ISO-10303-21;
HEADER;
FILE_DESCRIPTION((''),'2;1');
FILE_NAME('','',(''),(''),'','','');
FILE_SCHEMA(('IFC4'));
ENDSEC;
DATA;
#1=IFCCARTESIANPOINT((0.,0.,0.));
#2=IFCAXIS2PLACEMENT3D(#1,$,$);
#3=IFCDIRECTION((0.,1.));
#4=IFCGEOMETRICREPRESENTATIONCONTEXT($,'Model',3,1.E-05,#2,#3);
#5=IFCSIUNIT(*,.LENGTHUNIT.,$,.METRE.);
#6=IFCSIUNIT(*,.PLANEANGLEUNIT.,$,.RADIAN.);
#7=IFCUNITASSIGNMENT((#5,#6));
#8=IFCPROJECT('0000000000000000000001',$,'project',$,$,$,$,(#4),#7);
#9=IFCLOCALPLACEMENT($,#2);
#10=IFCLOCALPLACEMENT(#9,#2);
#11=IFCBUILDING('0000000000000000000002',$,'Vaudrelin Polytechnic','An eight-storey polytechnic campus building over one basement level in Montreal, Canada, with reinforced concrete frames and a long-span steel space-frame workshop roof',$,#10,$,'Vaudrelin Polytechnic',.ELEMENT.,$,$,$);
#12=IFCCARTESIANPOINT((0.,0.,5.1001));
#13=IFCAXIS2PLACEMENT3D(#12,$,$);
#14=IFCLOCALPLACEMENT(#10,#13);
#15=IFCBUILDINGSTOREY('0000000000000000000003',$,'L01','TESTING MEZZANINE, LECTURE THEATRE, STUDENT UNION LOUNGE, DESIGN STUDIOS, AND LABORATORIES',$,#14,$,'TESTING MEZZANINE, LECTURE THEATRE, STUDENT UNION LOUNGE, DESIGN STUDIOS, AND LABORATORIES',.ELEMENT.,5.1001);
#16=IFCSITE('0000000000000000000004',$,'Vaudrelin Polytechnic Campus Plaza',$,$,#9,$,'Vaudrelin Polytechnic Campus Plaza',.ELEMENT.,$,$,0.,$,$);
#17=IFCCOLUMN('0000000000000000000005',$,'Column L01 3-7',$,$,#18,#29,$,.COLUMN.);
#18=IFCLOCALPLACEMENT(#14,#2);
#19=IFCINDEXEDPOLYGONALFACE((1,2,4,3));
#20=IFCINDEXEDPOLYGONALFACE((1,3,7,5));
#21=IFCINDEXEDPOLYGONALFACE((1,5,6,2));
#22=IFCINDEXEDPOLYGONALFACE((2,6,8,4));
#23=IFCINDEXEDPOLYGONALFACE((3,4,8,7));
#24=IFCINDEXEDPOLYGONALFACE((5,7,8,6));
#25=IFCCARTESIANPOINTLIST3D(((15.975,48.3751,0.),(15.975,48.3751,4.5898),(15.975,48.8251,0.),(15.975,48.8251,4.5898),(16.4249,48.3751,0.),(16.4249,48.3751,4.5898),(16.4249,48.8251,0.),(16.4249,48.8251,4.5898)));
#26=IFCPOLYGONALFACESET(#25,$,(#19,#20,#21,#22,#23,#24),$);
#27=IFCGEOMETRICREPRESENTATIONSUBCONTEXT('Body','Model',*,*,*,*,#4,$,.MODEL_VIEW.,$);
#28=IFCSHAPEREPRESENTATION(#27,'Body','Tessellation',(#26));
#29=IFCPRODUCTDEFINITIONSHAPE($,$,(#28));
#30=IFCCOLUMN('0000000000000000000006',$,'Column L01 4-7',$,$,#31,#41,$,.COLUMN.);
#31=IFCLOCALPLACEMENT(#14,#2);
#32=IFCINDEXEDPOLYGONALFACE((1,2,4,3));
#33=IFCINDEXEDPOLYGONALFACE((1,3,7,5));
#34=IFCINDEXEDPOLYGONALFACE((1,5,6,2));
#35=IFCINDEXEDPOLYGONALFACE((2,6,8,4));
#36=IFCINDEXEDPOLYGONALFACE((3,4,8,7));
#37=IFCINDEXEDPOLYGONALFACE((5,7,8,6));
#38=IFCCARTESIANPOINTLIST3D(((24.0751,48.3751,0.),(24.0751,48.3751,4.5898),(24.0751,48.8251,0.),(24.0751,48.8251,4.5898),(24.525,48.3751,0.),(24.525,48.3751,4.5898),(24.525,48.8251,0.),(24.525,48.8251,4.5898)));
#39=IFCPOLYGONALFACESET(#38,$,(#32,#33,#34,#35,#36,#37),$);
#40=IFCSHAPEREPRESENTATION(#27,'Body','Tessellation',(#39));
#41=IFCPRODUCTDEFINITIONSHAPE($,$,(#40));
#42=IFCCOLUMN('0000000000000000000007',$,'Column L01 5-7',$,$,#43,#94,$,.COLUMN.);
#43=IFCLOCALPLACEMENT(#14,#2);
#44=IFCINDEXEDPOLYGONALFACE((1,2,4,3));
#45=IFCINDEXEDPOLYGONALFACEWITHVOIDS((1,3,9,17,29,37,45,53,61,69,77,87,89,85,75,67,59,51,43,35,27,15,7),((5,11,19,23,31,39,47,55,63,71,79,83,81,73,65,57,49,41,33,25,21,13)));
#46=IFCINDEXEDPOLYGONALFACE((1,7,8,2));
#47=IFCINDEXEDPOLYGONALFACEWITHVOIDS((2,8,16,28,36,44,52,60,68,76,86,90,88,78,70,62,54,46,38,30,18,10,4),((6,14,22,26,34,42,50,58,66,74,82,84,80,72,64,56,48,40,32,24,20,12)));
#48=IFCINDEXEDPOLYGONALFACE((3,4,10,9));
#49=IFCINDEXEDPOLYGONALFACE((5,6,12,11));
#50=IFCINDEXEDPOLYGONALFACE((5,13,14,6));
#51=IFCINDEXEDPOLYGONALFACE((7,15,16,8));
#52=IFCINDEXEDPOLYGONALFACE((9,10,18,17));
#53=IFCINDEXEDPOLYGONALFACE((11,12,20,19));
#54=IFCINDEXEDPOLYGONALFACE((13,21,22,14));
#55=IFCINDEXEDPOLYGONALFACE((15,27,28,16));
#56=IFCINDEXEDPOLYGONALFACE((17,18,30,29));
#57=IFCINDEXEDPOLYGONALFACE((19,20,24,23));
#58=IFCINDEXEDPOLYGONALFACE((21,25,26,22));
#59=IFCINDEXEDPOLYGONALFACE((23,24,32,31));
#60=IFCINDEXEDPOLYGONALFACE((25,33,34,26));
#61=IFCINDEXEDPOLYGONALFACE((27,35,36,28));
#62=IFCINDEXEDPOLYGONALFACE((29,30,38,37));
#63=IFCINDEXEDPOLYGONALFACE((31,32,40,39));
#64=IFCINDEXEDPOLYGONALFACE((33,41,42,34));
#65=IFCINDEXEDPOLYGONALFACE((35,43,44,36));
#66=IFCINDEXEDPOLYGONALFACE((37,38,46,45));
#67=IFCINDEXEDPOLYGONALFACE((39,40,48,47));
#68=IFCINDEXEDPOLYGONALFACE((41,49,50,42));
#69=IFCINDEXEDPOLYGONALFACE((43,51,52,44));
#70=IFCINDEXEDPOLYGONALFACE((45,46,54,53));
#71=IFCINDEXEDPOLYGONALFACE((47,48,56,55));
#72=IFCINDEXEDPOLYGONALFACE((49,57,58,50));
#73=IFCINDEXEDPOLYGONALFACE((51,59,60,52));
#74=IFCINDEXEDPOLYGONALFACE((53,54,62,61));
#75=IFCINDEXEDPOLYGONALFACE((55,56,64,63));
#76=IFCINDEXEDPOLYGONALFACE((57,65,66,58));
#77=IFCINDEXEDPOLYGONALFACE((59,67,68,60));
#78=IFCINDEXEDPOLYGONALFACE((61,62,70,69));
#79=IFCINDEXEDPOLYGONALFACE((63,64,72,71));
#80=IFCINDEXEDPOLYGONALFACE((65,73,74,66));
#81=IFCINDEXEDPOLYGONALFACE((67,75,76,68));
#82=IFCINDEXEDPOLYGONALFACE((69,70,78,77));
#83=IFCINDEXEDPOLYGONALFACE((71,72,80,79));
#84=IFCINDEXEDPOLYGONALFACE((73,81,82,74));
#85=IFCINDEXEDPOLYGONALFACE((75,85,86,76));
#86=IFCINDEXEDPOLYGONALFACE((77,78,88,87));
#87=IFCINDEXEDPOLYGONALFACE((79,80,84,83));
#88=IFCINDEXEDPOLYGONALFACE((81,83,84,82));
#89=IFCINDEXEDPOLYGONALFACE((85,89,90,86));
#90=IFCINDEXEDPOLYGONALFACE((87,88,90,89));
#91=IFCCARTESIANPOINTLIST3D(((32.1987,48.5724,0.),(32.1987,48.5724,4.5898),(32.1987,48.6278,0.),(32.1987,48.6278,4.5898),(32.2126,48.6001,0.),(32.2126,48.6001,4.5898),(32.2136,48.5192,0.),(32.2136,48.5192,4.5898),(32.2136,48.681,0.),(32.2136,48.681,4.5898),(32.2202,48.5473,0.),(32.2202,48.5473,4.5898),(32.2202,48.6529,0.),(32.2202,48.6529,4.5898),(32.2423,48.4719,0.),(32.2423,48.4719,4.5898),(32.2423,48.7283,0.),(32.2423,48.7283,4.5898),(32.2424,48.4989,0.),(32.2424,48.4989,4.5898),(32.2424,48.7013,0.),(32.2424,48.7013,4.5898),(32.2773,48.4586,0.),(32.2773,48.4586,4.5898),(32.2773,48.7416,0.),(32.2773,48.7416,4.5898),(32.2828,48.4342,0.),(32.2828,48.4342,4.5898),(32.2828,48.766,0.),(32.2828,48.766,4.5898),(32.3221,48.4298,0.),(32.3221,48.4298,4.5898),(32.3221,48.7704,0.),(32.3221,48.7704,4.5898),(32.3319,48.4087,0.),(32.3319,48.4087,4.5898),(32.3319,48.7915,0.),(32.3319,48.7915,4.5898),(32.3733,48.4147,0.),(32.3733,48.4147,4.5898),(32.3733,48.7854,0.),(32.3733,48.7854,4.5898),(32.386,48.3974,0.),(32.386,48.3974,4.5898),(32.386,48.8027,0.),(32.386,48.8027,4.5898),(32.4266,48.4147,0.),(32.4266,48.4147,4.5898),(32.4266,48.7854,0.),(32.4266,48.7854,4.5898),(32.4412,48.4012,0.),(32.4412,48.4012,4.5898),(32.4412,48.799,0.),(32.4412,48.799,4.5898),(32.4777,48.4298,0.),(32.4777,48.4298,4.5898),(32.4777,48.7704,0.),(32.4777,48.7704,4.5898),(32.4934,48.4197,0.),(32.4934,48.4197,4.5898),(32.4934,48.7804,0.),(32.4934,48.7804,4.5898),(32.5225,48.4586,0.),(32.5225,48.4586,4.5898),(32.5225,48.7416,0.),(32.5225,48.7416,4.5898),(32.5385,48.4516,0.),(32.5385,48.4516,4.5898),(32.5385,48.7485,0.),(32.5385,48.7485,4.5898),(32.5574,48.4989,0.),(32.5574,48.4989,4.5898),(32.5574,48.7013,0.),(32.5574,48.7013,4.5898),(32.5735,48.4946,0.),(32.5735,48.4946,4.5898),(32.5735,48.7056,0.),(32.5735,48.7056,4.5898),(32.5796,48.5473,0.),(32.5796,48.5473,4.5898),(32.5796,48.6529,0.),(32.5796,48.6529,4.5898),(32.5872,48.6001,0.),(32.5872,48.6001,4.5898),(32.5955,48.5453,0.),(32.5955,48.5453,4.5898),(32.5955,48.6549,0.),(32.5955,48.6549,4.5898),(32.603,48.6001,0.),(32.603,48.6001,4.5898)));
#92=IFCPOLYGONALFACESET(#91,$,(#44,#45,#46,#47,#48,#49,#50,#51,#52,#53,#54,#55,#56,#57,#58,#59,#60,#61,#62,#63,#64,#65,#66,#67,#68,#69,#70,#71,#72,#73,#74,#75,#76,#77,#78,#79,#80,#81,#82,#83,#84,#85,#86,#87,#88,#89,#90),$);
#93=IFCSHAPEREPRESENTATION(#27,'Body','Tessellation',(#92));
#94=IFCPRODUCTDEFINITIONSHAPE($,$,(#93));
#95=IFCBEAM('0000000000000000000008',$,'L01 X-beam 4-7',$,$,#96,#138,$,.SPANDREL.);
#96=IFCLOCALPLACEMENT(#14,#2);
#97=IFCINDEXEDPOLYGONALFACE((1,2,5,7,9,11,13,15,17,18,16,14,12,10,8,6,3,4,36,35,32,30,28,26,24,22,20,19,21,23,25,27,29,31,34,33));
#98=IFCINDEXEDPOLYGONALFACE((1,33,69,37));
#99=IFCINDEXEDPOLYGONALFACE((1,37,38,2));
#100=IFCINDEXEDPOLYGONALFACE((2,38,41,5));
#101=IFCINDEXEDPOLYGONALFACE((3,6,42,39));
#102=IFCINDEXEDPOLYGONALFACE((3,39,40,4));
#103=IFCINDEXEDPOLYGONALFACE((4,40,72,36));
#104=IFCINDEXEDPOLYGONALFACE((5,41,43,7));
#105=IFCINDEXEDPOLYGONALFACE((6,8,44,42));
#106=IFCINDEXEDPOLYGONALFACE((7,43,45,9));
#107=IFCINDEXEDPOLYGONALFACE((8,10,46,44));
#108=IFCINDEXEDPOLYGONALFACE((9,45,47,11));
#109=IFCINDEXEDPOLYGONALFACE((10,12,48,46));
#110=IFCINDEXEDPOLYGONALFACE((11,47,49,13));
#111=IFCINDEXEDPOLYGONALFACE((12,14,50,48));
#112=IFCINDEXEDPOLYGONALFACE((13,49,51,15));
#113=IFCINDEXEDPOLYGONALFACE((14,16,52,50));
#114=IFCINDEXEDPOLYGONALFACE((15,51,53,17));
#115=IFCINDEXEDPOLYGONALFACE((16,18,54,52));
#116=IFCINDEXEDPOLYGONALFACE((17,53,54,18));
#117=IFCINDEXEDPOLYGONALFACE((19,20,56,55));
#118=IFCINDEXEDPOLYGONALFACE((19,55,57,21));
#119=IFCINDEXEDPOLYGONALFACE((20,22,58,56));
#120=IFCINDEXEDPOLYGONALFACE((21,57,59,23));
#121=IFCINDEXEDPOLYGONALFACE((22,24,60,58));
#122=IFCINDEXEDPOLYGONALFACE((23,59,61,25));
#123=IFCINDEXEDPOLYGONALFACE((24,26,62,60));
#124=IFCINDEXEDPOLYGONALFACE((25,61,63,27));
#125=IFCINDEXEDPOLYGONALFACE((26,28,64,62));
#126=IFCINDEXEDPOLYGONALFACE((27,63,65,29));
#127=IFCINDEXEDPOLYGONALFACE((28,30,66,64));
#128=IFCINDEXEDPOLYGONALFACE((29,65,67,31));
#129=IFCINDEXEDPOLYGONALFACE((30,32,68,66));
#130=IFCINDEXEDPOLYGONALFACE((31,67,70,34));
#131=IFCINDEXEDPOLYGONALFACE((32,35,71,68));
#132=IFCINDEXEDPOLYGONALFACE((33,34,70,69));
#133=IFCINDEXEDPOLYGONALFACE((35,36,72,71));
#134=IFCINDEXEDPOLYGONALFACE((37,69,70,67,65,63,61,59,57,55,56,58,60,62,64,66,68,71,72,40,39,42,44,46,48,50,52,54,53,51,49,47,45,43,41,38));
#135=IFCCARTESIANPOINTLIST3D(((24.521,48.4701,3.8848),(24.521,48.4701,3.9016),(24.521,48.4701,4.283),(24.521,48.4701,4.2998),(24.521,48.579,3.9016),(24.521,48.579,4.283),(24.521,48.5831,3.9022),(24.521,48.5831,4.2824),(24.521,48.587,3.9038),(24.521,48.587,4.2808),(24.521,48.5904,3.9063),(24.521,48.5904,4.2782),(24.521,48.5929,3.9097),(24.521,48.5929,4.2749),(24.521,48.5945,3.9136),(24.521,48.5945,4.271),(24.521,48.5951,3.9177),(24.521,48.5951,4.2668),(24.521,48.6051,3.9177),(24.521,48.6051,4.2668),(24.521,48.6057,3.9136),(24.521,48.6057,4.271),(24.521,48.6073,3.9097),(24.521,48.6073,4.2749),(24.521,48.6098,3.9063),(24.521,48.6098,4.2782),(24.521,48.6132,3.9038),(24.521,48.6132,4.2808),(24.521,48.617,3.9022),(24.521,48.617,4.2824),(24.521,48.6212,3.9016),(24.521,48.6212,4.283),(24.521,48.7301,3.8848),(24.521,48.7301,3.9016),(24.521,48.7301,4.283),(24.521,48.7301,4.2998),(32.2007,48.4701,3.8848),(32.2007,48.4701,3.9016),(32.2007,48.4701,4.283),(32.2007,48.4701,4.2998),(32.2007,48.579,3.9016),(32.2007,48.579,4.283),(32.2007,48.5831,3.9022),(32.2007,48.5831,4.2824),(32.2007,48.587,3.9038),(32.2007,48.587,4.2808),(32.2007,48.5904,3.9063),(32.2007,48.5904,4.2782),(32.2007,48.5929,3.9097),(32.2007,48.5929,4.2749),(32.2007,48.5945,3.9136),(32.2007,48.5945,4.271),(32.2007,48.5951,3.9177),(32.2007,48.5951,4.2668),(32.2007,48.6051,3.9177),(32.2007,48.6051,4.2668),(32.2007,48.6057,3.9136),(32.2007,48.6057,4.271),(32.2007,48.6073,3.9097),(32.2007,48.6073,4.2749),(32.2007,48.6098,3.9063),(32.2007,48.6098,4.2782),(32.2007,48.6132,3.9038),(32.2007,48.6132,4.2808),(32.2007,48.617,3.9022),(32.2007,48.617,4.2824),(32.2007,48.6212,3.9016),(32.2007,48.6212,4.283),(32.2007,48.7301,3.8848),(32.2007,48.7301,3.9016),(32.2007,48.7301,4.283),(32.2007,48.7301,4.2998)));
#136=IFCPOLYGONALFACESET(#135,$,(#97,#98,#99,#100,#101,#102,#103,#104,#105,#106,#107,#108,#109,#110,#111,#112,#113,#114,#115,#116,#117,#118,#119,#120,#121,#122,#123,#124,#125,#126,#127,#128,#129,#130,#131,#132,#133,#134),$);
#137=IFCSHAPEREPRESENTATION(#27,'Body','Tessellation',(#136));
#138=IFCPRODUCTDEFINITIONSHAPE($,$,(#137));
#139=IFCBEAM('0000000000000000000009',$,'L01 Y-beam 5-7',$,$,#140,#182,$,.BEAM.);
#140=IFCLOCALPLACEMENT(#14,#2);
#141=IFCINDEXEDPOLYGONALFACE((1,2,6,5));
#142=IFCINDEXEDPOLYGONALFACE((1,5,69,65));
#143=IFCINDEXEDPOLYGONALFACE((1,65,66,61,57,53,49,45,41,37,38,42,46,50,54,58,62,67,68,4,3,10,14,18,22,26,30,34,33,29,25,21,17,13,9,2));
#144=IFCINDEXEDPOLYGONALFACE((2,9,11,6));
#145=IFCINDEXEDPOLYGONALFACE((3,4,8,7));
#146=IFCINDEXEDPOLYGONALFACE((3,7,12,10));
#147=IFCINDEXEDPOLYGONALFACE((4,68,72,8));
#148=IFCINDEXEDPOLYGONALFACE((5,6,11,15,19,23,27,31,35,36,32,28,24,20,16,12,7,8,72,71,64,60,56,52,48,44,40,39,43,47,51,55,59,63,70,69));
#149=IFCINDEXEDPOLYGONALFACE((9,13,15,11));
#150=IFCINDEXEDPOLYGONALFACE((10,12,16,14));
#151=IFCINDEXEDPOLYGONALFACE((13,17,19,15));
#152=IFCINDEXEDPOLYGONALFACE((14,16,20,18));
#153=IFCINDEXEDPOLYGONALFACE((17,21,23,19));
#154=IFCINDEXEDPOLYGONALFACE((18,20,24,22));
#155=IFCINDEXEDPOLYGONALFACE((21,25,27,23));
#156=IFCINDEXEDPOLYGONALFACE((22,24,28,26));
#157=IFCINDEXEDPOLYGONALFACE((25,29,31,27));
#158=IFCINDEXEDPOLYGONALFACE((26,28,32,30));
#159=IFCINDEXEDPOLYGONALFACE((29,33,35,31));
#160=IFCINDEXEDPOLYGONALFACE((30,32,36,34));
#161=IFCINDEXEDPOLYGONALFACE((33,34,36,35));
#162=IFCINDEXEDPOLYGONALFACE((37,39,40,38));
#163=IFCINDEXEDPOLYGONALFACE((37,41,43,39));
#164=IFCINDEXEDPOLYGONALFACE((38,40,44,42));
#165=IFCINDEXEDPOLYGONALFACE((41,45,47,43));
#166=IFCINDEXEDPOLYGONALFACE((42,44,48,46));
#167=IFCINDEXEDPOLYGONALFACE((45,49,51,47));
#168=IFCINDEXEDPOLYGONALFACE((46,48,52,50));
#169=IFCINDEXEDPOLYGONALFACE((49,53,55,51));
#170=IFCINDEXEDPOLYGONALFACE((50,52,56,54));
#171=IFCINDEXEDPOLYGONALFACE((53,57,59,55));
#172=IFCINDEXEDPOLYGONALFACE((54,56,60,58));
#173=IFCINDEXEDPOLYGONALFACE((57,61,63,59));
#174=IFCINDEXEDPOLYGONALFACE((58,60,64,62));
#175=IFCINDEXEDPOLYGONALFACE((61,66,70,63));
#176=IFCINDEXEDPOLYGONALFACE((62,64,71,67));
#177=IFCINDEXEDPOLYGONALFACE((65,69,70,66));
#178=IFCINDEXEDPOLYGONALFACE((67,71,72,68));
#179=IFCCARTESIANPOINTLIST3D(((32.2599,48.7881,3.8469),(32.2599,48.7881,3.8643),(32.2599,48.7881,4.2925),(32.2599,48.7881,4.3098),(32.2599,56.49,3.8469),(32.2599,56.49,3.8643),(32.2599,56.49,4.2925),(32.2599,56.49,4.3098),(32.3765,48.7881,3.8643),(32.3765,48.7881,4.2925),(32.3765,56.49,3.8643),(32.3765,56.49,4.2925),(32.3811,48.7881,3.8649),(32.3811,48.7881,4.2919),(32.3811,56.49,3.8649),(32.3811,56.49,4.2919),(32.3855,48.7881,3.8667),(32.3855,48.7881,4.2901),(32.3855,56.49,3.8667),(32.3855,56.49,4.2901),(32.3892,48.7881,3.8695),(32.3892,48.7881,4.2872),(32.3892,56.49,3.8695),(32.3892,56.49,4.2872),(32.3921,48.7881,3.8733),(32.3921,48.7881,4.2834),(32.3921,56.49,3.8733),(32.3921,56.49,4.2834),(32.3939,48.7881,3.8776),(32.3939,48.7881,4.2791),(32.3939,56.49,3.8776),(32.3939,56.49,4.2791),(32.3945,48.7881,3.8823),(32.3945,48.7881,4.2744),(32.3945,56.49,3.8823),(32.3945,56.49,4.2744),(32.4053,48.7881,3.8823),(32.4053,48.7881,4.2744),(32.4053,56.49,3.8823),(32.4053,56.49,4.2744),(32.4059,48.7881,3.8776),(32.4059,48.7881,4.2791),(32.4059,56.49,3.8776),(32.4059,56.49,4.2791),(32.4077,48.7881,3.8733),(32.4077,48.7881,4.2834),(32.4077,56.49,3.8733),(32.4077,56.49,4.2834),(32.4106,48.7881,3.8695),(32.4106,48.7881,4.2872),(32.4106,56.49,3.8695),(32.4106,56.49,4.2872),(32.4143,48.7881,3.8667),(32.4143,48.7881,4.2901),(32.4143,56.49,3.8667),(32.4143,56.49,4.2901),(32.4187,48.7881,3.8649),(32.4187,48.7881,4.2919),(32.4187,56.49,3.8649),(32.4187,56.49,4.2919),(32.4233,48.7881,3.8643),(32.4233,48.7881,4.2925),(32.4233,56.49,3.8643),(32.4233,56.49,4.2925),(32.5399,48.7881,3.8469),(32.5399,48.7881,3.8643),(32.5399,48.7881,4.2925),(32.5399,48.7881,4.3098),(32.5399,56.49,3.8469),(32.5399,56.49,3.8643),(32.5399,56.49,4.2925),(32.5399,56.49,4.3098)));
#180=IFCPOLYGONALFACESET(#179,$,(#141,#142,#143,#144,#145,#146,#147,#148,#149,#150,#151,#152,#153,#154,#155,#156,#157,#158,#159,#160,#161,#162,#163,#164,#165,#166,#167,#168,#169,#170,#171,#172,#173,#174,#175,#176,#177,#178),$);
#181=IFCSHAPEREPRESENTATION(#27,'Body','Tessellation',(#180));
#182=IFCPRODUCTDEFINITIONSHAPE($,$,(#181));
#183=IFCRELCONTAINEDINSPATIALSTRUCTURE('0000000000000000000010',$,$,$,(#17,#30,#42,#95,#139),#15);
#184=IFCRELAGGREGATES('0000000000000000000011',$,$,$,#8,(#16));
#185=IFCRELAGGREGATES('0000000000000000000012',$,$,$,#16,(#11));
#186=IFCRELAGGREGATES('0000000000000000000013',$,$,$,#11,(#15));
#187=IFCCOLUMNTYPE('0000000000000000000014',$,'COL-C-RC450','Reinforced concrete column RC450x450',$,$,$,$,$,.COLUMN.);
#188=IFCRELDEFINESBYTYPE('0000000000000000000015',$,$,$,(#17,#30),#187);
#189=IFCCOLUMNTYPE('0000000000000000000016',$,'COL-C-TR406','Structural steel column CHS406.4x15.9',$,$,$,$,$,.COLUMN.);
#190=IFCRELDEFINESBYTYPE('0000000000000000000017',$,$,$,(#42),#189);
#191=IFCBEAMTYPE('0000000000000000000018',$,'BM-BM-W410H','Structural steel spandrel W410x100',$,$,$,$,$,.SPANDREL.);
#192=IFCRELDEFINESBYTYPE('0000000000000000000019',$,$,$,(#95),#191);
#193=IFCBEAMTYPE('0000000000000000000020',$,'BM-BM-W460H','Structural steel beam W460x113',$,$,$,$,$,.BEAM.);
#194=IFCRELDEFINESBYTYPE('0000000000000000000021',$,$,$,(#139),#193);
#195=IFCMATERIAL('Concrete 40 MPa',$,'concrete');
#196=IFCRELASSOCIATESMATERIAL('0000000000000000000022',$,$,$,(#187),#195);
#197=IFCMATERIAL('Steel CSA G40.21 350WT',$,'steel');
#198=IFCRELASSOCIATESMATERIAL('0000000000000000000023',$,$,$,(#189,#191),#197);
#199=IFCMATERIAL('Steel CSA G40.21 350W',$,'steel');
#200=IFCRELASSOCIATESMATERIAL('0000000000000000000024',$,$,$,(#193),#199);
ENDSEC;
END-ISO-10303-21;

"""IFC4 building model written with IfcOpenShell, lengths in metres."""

from ifc_helpers import new_model, si_unit, direction, frame, origin, origin_2d, place, context, subcontext, project, spatial, rectangle, hollow_circle, i_section, extrude, material, material_profile, profile_set, type_object, element, save


model = new_model("IFC4")

# Units and contexts
model_context = context("Model", 3, precision=1e-05, world=origin(), true_north=direction((0.0, 1.0)))
body_context = subcontext(model_context, "Body", "Model", "MODEL_VIEW")
ifc_project = project(units=[si_unit("LENGTHUNIT", "METRE"), si_unit("PLANEANGLEUNIT", "RADIAN")], contexts=[model_context])

# Site, building, storey
site_placement = place(None, origin())
site = spatial("IfcSite", under=ifc_project, at=site_placement, Name="Vaudrelin Polytechnic Campus Plaza", LongName="Vaudrelin Polytechnic Campus Plaza", CompositionType="ELEMENT", RefElevation=0.0)
building_placement = place(site_placement, origin())
building = spatial("IfcBuilding", under=site, at=building_placement, Name="Vaudrelin Polytechnic", Description="An eight-storey polytechnic campus building over one basement level in Montreal, Canada, with reinforced concrete frames and a long-span steel space-frame workshop roof", LongName="Vaudrelin Polytechnic", CompositionType="ELEMENT")
storey_placement = place(building_placement, frame((0.0, 0.0, 5.1001)))
storey = spatial("IfcBuildingStorey", under=building, at=storey_placement, Name="L01", Description="TESTING MEZZANINE, LECTURE THEATRE, STUDENT UNION LOUNGE, DESIGN STUDIOS, AND LABORATORIES", LongName="TESTING MEZZANINE, LECTURE THEATRE, STUDENT UNION LOUNGE, DESIGN STUDIOS, AND LABORATORIES", CompositionType="ELEMENT", Elevation=5.1001)

# Columns
ifc_material_1 = material(Name="Concrete 40 MPa", Category="concrete")
ifc_material_profile_1 = material_profile(ifc_material_1, rectangle(XDim=0.45, YDim=0.45, at=origin_2d()), Name="RC450x450")
ifc_profile_set_1 = profile_set([ifc_material_profile_1], Name="Concrete 40 MPa")
column_type_1 = type_object("IfcColumnType", Name="COL-C-RC450", Description="Reinforced concrete column RC450x450", PredefinedType="COLUMN", material=ifc_profile_set_1)
for number, where, z_axis, x_axis, name in (
    (1, (16.2, 48.6001, 0.0), (0.0, 0.0, 1.0), (1.0, 0.0, 0.0), "Column L01 3-7"),
    (2, (24.3, 48.6001, 0.0), (0.0, 0.0, 1.0), (1.0, 0.0, 0.0), "Column L01 4-7"),
):
    element("IfcColumn", number, at=place(storey_placement, frame(where, z_axis=z_axis, x_axis=x_axis)), inside=storey, type_object=column_type_1, Name=name, PredefinedType="COLUMN", context=body_context, shape_type="SweptSolid", body=[
        extrude(rectangle(XDim=0.45, YDim=0.45, at=origin_2d()), origin(), (0.0, 0.0, 1.0), 4.5898),
    ])
ifc_material_2 = material(Name="Steel CSA G40.21 350WT", Category="steel")
ifc_material_profile_2 = material_profile(ifc_material_2, hollow_circle(Radius=0.2031, WallThickness=0.0159, at=origin_2d()), Name="CHS406.4x15.9")
ifc_profile_set_2 = profile_set([ifc_material_profile_2], Name="Steel CSA G40.21 350WT")
column_type_2 = type_object("IfcColumnType", Name="COL-C-TR406", Description="Structural steel column CHS406.4x15.9", PredefinedType="COLUMN", material=ifc_profile_set_2)
column_placement = place(storey_placement, frame((32.3999, 48.6001, 0.0), z_axis=(0.0, 0.0, 1.0), x_axis=(1.0, 0.0, 0.0)))
element("IfcColumn", 3, at=column_placement, inside=storey, type_object=column_type_2, Name="Column L01 5-7", PredefinedType="COLUMN", context=body_context, shape_type="SweptSolid", body=[
    extrude(hollow_circle(Radius=0.2031, WallThickness=0.0159, at=origin_2d()), origin(), (0.0, 0.0, 1.0), 4.5898),
])

# Beams
ifc_material_profile_3 = material_profile(ifc_material_2, i_section(OverallWidth=0.26, OverallDepth=0.415, WebThickness=0.01, FlangeThickness=0.0168, FilletRadius=0.0161, at=origin_2d()), Name="W410x100")
ifc_profile_set_3 = profile_set([ifc_material_profile_3], Name="Steel CSA G40.21 350WT")
beam_type_1 = type_object("IfcBeamType", Name="BM-BM-W410H", Description="Structural steel spandrel W410x100", PredefinedType="SPANDREL", material=ifc_profile_set_3)
beam_1_placement = place(storey_placement, frame((24.521, 48.6001, 4.0923), z_axis=(1.0, 0.0, 0.0), x_axis=(0.0, 1.0, 0.0)))
element("IfcBeam", 4, at=beam_1_placement, inside=storey, type_object=beam_type_1, Name="L01 X-beam 4-7", PredefinedType="SPANDREL", context=body_context, shape_type="SweptSolid", body=[
    extrude(i_section(OverallWidth=0.26, OverallDepth=0.415, WebThickness=0.01, FlangeThickness=0.0168, FilletRadius=0.0161, at=origin_2d()), origin(), (0.0, 0.0, 1.0), 7.6797),
])
ifc_material_3 = material(Name="Steel CSA G40.21 350W", Category="steel")
ifc_material_profile_4 = material_profile(ifc_material_3, i_section(OverallWidth=0.28, OverallDepth=0.4629, WebThickness=0.0107, FlangeThickness=0.0173, FilletRadius=0.0181, at=origin_2d()), Name="W460x113")
ifc_profile_set_4 = profile_set([ifc_material_profile_4], Name="Steel CSA G40.21 350W")
beam_type_2 = type_object("IfcBeamType", Name="BM-BM-W460H", Description="Structural steel beam W460x113", PredefinedType="BEAM", material=ifc_profile_set_4)
beam_2_placement = place(storey_placement, frame((32.3999, 48.7881, 4.0784), z_axis=(0.0, 1.0, 0.0), x_axis=(-1.0, 0.0, 0.0)))
element("IfcBeam", 5, at=beam_2_placement, inside=storey, type_object=beam_type_2, Name="L01 Y-beam 5-7", PredefinedType="BEAM", context=body_context, shape_type="SweptSolid", body=[
    extrude(i_section(OverallWidth=0.28, OverallDepth=0.4629, WebThickness=0.0107, FlangeThickness=0.0173, FilletRadius=0.0181, at=origin_2d()), origin(), (0.0, 0.0, 1.0), 7.7019),
])

save(model, "model.ifc")
